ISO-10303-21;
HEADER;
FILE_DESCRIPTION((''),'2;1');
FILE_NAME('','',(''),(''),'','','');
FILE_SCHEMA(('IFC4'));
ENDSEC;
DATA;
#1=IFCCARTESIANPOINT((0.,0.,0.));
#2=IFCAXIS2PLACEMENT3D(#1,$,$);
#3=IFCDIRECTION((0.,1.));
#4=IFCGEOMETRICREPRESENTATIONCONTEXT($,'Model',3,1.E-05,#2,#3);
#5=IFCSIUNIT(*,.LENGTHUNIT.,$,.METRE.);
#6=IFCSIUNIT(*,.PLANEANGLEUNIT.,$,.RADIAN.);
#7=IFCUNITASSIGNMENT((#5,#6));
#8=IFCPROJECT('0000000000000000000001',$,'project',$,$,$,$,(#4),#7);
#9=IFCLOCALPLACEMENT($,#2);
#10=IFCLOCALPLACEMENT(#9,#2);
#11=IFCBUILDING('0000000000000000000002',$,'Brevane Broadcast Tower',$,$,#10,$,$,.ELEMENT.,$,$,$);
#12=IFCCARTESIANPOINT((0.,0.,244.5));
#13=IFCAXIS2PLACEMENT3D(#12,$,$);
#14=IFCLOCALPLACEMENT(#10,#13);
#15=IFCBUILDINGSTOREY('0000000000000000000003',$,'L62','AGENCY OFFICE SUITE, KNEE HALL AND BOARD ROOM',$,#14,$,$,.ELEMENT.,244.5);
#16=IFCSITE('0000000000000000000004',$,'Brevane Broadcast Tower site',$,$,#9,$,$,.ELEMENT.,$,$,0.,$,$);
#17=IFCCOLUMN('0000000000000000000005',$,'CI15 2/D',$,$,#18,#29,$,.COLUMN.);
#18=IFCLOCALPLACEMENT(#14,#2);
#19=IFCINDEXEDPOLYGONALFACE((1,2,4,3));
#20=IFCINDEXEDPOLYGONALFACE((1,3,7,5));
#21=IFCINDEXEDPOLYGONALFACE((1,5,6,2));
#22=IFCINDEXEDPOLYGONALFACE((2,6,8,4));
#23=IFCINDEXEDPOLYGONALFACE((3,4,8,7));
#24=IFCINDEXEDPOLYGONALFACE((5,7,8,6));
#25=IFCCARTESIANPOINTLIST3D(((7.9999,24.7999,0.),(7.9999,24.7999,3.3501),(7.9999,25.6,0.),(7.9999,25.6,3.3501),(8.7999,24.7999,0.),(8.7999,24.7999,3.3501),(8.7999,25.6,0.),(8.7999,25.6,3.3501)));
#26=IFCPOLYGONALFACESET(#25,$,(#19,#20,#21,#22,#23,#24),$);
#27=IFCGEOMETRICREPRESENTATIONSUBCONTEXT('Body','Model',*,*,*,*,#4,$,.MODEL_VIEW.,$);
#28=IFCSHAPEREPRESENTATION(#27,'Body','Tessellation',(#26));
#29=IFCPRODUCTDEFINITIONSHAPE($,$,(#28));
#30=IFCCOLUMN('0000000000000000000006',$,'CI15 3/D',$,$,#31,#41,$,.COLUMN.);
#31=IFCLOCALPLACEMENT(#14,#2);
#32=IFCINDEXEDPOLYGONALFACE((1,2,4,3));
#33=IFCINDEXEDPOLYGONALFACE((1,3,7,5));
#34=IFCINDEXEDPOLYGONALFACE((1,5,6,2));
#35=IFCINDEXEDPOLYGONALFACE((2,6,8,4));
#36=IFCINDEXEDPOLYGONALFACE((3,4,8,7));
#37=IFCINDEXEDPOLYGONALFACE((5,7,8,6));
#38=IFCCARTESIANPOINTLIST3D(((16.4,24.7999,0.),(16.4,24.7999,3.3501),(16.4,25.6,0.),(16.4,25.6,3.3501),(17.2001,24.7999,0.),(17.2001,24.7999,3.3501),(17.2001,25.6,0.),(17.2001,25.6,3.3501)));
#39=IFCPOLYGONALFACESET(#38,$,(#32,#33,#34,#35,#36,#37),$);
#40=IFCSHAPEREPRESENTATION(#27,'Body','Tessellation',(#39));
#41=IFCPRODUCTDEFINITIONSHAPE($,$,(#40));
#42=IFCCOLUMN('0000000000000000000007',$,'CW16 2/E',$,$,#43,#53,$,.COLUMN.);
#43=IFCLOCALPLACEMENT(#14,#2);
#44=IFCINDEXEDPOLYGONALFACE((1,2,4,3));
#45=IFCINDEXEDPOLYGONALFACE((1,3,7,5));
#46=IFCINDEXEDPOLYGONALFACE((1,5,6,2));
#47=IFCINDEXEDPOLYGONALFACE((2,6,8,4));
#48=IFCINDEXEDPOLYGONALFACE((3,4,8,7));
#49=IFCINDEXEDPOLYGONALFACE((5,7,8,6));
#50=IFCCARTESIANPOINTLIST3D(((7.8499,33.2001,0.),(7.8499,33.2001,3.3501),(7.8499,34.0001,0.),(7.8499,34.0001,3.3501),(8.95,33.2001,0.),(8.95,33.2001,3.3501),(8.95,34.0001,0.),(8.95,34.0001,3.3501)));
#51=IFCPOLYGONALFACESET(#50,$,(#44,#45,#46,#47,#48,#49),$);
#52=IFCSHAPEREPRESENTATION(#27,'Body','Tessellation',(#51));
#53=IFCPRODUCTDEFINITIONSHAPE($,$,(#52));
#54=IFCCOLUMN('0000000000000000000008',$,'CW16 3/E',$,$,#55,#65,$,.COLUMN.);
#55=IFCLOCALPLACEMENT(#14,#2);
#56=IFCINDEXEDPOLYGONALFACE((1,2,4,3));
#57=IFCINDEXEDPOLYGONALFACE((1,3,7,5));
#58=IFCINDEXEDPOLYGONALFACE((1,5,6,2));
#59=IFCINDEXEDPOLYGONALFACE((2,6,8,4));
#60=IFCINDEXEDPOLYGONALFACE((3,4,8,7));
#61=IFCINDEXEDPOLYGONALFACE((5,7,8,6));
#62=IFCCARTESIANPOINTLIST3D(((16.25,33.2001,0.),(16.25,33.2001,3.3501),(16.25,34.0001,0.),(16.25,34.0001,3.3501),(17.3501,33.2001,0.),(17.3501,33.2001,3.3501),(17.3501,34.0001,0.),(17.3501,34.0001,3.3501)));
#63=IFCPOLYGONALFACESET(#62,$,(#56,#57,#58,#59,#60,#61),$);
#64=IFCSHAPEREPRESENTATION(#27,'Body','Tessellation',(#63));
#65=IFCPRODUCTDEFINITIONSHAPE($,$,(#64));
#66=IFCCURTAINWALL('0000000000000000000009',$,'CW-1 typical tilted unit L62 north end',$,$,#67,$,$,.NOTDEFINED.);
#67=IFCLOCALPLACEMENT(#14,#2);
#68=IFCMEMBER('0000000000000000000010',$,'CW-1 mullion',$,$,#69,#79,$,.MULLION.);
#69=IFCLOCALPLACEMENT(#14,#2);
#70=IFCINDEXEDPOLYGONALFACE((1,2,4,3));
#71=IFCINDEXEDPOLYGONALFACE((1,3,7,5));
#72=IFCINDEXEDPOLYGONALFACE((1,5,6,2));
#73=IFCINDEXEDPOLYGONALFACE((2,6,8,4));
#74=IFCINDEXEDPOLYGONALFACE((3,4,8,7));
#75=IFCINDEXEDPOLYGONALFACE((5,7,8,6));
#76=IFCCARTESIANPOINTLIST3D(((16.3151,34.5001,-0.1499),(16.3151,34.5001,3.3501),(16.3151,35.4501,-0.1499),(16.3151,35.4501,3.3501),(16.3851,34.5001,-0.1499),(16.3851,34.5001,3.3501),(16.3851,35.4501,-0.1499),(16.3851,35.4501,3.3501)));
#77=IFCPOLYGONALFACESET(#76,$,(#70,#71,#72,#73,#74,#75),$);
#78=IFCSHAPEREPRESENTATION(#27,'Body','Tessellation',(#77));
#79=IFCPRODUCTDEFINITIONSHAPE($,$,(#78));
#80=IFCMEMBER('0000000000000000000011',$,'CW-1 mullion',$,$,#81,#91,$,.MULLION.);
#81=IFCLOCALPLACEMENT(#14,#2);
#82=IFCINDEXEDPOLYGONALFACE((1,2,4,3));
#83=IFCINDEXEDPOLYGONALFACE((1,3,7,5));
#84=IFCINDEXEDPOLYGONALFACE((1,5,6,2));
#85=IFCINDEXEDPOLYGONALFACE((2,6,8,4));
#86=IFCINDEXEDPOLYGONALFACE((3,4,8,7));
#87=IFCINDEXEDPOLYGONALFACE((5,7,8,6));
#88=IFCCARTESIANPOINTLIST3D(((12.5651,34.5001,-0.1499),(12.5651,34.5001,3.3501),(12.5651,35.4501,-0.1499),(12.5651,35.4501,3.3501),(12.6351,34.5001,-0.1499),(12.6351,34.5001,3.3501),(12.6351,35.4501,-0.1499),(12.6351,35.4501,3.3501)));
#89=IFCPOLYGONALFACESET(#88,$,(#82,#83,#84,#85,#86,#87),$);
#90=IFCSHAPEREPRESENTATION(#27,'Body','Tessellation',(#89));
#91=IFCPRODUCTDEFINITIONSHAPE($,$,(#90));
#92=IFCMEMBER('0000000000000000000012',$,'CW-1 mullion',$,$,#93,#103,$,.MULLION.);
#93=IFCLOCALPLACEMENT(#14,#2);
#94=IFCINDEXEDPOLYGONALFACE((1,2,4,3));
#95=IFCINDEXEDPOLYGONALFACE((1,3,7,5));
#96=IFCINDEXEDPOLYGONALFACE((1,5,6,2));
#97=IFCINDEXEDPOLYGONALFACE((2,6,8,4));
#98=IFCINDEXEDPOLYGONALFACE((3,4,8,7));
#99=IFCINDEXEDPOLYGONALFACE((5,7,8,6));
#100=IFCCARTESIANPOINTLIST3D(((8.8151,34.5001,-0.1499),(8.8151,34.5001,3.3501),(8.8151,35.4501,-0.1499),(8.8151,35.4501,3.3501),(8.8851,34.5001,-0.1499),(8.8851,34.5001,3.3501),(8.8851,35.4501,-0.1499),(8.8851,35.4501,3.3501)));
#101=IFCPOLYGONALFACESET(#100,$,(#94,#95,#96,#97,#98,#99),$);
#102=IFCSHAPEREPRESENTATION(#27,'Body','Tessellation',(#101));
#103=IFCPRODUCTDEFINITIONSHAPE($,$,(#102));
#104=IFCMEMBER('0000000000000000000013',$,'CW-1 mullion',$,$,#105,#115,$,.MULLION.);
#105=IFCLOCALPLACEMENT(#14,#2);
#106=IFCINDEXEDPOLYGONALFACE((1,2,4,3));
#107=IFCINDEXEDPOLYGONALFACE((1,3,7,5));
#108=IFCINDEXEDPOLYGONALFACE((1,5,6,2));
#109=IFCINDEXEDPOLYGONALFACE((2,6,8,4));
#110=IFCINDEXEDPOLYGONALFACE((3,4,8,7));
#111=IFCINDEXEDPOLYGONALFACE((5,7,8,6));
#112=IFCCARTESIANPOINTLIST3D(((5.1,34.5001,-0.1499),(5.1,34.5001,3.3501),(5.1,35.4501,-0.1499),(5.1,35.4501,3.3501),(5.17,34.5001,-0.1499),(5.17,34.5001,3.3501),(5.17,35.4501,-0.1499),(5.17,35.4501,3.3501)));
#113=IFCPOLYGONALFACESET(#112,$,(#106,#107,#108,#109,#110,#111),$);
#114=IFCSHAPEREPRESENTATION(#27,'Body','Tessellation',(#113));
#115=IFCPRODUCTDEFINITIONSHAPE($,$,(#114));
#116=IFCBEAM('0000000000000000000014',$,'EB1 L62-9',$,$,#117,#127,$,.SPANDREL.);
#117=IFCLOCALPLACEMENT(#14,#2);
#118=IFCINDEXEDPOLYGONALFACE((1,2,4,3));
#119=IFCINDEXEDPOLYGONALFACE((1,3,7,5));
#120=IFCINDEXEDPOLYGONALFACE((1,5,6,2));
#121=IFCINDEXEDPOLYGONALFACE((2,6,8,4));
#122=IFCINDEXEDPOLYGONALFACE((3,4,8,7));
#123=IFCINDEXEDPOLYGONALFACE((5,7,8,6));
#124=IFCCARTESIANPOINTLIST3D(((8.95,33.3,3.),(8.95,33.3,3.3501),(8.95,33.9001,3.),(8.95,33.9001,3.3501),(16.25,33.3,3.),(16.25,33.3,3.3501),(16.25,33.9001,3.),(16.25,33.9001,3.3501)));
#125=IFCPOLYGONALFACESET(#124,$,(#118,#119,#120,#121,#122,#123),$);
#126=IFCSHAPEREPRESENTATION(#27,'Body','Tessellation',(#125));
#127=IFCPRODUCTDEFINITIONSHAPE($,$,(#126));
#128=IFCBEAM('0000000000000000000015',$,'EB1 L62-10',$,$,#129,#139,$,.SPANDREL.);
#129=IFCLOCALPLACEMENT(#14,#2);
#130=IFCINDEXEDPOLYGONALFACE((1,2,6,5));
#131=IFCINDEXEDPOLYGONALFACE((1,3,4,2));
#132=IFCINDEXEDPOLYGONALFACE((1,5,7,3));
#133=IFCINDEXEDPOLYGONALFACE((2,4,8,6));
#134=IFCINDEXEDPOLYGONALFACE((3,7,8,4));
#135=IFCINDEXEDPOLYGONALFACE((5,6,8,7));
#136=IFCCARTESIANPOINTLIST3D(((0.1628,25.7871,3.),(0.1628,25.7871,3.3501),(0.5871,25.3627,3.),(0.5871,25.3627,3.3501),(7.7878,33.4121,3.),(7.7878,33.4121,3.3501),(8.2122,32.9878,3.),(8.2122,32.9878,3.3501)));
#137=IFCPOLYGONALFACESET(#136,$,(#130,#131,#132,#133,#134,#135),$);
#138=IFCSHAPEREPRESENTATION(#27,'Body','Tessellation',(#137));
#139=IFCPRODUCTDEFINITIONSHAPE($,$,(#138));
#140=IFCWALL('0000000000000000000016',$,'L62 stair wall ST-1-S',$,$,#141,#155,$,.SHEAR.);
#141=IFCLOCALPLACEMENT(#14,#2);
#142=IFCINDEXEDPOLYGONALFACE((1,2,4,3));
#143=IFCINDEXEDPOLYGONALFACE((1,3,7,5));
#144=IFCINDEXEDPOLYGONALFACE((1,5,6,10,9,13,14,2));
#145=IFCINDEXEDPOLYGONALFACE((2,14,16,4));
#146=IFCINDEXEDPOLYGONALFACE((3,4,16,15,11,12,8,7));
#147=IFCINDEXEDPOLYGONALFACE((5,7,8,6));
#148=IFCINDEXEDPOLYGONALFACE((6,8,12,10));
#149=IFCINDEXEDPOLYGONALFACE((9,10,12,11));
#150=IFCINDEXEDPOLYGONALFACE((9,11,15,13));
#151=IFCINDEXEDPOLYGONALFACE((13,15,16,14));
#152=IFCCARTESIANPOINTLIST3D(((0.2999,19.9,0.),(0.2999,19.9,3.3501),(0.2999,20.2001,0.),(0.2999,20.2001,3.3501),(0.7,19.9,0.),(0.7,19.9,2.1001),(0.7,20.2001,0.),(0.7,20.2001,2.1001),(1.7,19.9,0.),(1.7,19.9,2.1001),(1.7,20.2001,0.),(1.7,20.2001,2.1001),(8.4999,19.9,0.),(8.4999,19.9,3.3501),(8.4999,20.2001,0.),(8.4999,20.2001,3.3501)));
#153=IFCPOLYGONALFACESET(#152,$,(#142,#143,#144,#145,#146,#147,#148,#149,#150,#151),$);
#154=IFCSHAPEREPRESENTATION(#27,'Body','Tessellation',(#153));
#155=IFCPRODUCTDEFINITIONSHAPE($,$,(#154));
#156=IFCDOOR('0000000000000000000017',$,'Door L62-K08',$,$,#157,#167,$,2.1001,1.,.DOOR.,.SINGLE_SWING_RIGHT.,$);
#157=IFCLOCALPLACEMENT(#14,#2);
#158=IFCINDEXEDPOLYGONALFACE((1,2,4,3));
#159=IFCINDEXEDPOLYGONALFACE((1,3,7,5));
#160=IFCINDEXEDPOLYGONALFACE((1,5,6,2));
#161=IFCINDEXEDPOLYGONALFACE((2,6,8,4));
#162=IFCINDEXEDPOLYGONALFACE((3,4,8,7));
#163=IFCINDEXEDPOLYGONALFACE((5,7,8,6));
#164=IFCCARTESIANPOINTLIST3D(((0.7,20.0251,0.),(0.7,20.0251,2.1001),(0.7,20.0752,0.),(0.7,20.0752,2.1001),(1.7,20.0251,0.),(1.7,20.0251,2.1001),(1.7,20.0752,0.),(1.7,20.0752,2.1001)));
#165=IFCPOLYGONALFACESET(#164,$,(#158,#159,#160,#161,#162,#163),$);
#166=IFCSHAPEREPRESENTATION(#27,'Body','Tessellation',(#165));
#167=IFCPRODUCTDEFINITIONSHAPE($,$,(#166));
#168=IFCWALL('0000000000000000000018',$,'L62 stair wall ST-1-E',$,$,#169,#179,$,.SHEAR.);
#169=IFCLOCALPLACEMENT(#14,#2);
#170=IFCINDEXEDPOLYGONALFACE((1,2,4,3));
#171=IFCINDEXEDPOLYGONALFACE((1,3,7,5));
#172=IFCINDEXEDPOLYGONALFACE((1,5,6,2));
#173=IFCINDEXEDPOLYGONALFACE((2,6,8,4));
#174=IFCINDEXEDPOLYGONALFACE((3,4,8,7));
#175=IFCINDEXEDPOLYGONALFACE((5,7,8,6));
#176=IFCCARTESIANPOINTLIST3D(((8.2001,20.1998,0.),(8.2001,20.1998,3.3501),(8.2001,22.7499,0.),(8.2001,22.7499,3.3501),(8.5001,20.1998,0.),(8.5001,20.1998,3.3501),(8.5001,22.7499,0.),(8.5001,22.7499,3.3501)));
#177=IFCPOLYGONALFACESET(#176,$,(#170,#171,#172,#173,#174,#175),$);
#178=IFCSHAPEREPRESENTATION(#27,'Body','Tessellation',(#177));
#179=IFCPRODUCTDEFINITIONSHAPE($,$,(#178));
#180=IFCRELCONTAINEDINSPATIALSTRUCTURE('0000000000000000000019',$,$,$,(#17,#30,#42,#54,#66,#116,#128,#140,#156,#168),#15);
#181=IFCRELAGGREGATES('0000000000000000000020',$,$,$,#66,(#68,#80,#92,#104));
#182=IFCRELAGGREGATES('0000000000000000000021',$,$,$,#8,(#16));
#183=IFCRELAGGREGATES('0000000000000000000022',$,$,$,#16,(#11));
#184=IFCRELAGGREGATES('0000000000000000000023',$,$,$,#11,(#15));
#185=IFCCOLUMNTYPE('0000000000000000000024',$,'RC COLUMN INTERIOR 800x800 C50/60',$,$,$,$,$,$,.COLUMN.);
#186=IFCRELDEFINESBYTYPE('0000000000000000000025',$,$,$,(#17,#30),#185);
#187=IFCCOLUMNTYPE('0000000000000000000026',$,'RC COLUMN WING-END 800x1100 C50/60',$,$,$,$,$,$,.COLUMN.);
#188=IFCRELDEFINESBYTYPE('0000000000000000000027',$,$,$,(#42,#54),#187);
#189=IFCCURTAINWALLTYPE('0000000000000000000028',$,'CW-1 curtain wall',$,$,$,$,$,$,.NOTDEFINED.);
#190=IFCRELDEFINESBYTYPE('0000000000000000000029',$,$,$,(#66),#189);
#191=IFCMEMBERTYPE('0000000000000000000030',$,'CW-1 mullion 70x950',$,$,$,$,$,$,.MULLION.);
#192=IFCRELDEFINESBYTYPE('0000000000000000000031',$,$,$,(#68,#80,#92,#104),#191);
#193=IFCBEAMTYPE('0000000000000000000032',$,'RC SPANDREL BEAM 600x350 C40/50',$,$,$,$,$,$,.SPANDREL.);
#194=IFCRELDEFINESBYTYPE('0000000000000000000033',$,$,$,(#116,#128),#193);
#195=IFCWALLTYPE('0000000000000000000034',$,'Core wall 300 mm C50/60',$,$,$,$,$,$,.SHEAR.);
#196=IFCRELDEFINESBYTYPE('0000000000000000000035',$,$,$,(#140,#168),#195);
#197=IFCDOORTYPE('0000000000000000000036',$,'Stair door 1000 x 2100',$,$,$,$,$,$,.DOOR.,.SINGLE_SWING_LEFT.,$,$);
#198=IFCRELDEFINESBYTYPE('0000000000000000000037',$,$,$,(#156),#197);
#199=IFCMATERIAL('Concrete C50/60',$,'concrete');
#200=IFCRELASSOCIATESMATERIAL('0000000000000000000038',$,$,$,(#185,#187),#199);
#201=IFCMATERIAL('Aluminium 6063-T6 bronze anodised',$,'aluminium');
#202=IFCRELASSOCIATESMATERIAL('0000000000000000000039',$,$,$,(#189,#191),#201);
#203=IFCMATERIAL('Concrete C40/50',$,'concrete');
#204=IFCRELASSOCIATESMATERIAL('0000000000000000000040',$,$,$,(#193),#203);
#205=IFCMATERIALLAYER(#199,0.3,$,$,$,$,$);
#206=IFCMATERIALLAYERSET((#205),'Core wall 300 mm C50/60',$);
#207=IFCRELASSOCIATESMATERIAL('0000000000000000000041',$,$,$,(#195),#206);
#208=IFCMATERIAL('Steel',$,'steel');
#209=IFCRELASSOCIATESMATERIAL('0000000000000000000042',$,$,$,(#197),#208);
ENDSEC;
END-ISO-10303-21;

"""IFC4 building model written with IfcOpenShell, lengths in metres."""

from ifc_helpers import new_model, si_unit, direction, frame, frame_2d, origin, origin_2d, place, context, subcontext, project, spatial, rectangle, extrude, material, layer, layer_set, material_profile, profile_set, type_object, element, fill, aggregate, save


model = new_model("IFC4")

# Units and contexts
model_context = context("Model", 3, precision=1e-05, world=origin(), true_north=direction((0.0, 1.0)))
body_context = subcontext(model_context, "Body", "Model", "MODEL_VIEW")
ifc_project = project(units=[si_unit("LENGTHUNIT", "METRE"), si_unit("PLANEANGLEUNIT", "RADIAN")], contexts=[model_context])

# Site, building, storey
site_placement = place(None, origin())
site = spatial("IfcSite", under=ifc_project, at=site_placement, Name="Brevane Broadcast Tower site", CompositionType="ELEMENT", RefElevation=0.0)
building_placement = place(site_placement, origin())
building = spatial("IfcBuilding", under=site, at=building_placement, Name="Brevane Broadcast Tower", CompositionType="ELEMENT")
storey_placement = place(building_placement, frame((0.0, 0.0, 244.5)))
storey = spatial("IfcBuildingStorey", under=building, at=storey_placement, Name="L62", Description="AGENCY OFFICE SUITE, KNEE HALL AND BOARD ROOM", CompositionType="ELEMENT", Elevation=244.5)

# Columns
ifc_material_1 = material(Name="Concrete C50/60", Category="concrete")
ifc_material_profile_1 = material_profile(ifc_material_1, rectangle(XDim=0.8, YDim=0.8, at=origin_2d()), Name="RC 800x800")
ifc_profile_set_1 = profile_set([ifc_material_profile_1], Name="Concrete C50/60")
column_type_1 = type_object("IfcColumnType", Name="RC COLUMN INTERIOR 800x800 C50/60", PredefinedType="COLUMN", material=ifc_profile_set_1)
for number, where, z_axis, x_axis, name in (
    (1, (8.3999, 25.2, 0.0), (0.0, 0.0, 1.0), (1.0, 0.0, 0.0), "CI15 2/D"),
    (2, (16.8, 25.2, 0.0), (0.0, 0.0, 1.0), (1.0, 0.0, 0.0), "CI15 3/D"),
):
    element("IfcColumn", number, at=place(storey_placement, frame(where, z_axis=z_axis, x_axis=x_axis)), inside=storey, type_object=column_type_1, Name=name, PredefinedType="COLUMN", context=body_context, shape_type="SweptSolid", body=[
        extrude(rectangle(XDim=0.8, YDim=0.8, at=origin_2d()), origin(), (0.0, 0.0, 1.0), 3.3501),
    ])
ifc_material_profile_2 = material_profile(ifc_material_1, rectangle(XDim=0.8, YDim=1.1001, at=origin_2d()), Name="RC 800x1100")
ifc_profile_set_2 = profile_set([ifc_material_profile_2], Name="Concrete C50/60")
column_type_2 = type_object("IfcColumnType", Name="RC COLUMN WING-END 800x1100 C50/60", PredefinedType="COLUMN", material=ifc_profile_set_2)
for number, where, z_axis, x_axis, name in (
    (3, (8.3999, 33.6001, 0.0), (0.0, 0.0, 1.0), (0.0, 1.0, 0.0), "CW16 2/E"),
    (4, (16.8, 33.6001, 0.0), (0.0, 0.0, 1.0), (0.0, 1.0, 0.0), "CW16 3/E"),
):
    element("IfcColumn", number, at=place(storey_placement, frame(where, z_axis=z_axis, x_axis=x_axis)), inside=storey, type_object=column_type_2, Name=name, PredefinedType="COLUMN", context=body_context, shape_type="SweptSolid", body=[
        extrude(rectangle(XDim=0.8, YDim=1.1001, at=origin_2d()), origin(), (0.0, 0.0, 1.0), 3.3501),
    ])

# Curtain wall, members
ifc_material_2 = material(Name="Aluminium 6063-T6 bronze anodised", Category="aluminium")
curtain_wall_type = type_object("IfcCurtainWallType", Name="CW-1 curtain wall", PredefinedType="NOTDEFINED", material=ifc_material_2)
curtain_wall_placement = place(storey_placement, origin())
curtain_wall = element("IfcCurtainWall", 5, at=curtain_wall_placement, inside=storey, type_object=curtain_wall_type, Name="CW-1 typical tilted unit L62 north end", PredefinedType="NOTDEFINED")
ifc_material_profile_3 = material_profile(ifc_material_2, rectangle(XDim=0.95, YDim=0.0701, at=origin_2d()), Name="RECT 70x950")
ifc_profile_set_3 = profile_set([ifc_material_profile_3], Name="Aluminium 6063-T6 bronze anodised")
member_type = type_object("IfcMemberType", Name="CW-1 mullion 70x950", PredefinedType="MULLION", material=ifc_profile_set_3)
member_1_placement = place(storey_placement, frame((16.3501, 34.9751, -0.1499), z_axis=(0.0, 0.0, 1.0), x_axis=(0.0, -1.0, 0.0)))
member_1 = element("IfcMember", 6, at=member_1_placement, type_object=member_type, Name="CW-1 mullion", PredefinedType="MULLION", context=body_context, shape_type="SweptSolid", body=[
    extrude(rectangle(XDim=0.95, YDim=0.0701, at=origin_2d()), origin(), (0.0, 0.0, 1.0), 3.5),
])
member_2_placement = place(storey_placement, frame((12.6001, 34.9751, -0.1499), z_axis=(0.0, 0.0, 1.0), x_axis=(0.0, -1.0, 0.0)))
member_2 = element("IfcMember", 7, at=member_2_placement, type_object=member_type, Name="CW-1 mullion", PredefinedType="MULLION", context=body_context, shape_type="SweptSolid", body=[
    extrude(rectangle(XDim=0.95, YDim=0.0701, at=origin_2d()), origin(), (0.0, 0.0, 1.0), 3.5),
])
member_3_placement = place(storey_placement, frame((8.8501, 34.9751, -0.1499), z_axis=(0.0, 0.0, 1.0), x_axis=(0.0, -1.0, 0.0)))
member_3 = element("IfcMember", 8, at=member_3_placement, type_object=member_type, Name="CW-1 mullion", PredefinedType="MULLION", context=body_context, shape_type="SweptSolid", body=[
    extrude(rectangle(XDim=0.95, YDim=0.0701, at=origin_2d()), origin(), (0.0, 0.0, 1.0), 3.5),
])
member_4_placement = place(storey_placement, frame((5.135, 34.9751, -0.1499), z_axis=(0.0, 0.0, 1.0), x_axis=(0.0, -1.0, 0.0)))
member_4 = element("IfcMember", 9, at=member_4_placement, type_object=member_type, Name="CW-1 mullion", PredefinedType="MULLION", context=body_context, shape_type="SweptSolid", body=[
    extrude(rectangle(XDim=0.95, YDim=0.0701, at=origin_2d()), origin(), (0.0, 0.0, 1.0), 3.5),
])
aggregate(curtain_wall, [member_1, member_2, member_3, member_4])

# Beams
ifc_material_3 = material(Name="Concrete C40/50", Category="concrete")
ifc_material_profile_4 = material_profile(ifc_material_3, rectangle(XDim=0.6001, YDim=0.3501, at=origin_2d()), Name="RC 600x350")
ifc_profile_set_4 = profile_set([ifc_material_profile_4], Name="Concrete C40/50")
beam_type = type_object("IfcBeamType", Name="RC SPANDREL BEAM 600x350 C40/50", PredefinedType="SPANDREL", material=ifc_profile_set_4)
beam_1_placement = place(storey_placement, frame((16.25, 33.6001, 3.175), z_axis=(-1.0, 0.0, 0.0), x_axis=(0.0, -1.0, 0.0)))
element("IfcBeam", 10, at=beam_1_placement, inside=storey, type_object=beam_type, Name="EB1 L62-9", PredefinedType="SPANDREL", context=body_context, shape_type="SweptSolid", body=[
    extrude(rectangle(XDim=0.6001, YDim=0.3501, at=origin_2d()), origin(), (0.0, 0.0, 1.0), 7.3),
])
beam_2_placement = place(storey_placement, frame((8.0, 33.2, 3.175), z_axis=(-0.707107, -0.707107, 0.0), x_axis=(0.707107, -0.707107, 0.0)))
element("IfcBeam", 11, at=beam_2_placement, inside=storey, type_object=beam_type, Name="EB1 L62-10", PredefinedType="SPANDREL", context=body_context, shape_type="SweptSolid", body=[
    extrude(rectangle(XDim=0.6001, YDim=0.3501, at=origin_2d()), origin(), (0.0, 0.0, 1.0), 10.7834),
])

# Wall, opening, door
ifc_layer_1 = layer(ifc_material_1, 0.3)
ifc_layer_set_1 = layer_set([ifc_layer_1], Name="Core wall 300 mm C50/60")
wall_type_1 = type_object("IfcWallType", Name="Core wall 300 mm C50/60", PredefinedType="SHEAR", material=ifc_layer_set_1)
wall_1_placement = place(storey_placement, frame((8.5, 20.05, 0.0), z_axis=(0.0, 0.0, 1.0), x_axis=(-1.0, 0.0, 0.0)))
wall_1 = element("IfcWall", 12, at=wall_1_placement, inside=storey, type_object=wall_type_1, Name="L62 stair wall ST-1-S", PredefinedType="SHEAR", context=body_context, shape_type="SweptSolid", body=[
    extrude(rectangle(XDim=8.2, YDim=0.3, at=frame_2d((4.1001, 0.0))), origin(), (0.0, 0.0, 1.0), 3.3501),
])
opening_1_placement = place(wall_1_placement, frame((6.8, 0.0, 0.0)))
opening_1 = element("IfcOpeningElement", 13, at=opening_1_placement, cuts=wall_1, PredefinedType="OPENING", context=body_context, shape_type="SweptSolid", body=[
    extrude(rectangle(XDim=1.0, YDim=2.1001, at=frame_2d((0.5, 1.05))), frame((0.0, 0.1599, 0.0), z_axis=(0.0, -1.0, 0.0), x_axis=(1.0, 0.0, 0.0)), (0.0, 0.0, 1.0), 0.3201),
])
ifc_material_4 = material(Name="Steel", Category="steel")
door_type_1 = type_object("IfcDoorType", Name="Stair door 1000 x 2100", OperationType="SINGLE_SWING_LEFT", PredefinedType="DOOR", material=ifc_material_4)
door_1_placement = place(opening_1_placement, origin())
door_1 = element("IfcDoor", 14, at=door_1_placement, inside=storey, type_object=door_type_1, Name="Door L62-K08", OperationType="SINGLE_SWING_RIGHT", OverallHeight=2.1001, OverallWidth=1.0, PredefinedType="DOOR", context=body_context, shape_type="SweptSolid", body=[
    extrude(rectangle(XDim=1.0, YDim=2.1001, at=frame_2d((0.5, 1.05))), frame((0.0, 0.0249, 0.0), z_axis=(0.0, -1.0, 0.0), x_axis=(1.0, 0.0, 0.0)), (0.0, 0.0, 1.0), 0.05),
])
fill(opening_1, door_1)

# Wall
wall_2_placement = place(storey_placement, frame((8.3501, 20.2, 0.0), z_axis=(0.0, 0.0, 1.0), x_axis=(0.0, 1.0, 0.0)))
element("IfcWall", 15, at=wall_2_placement, inside=storey, type_object=wall_type_1, Name="L62 stair wall ST-1-E", PredefinedType="SHEAR", context=body_context, shape_type="SweptSolid", body=[
    extrude(rectangle(XDim=2.55, YDim=0.3, at=frame_2d((1.2749, 0.0))), origin(), (0.0, 0.0, 1.0), 3.3501),
])

save(model, "model.ifc")
